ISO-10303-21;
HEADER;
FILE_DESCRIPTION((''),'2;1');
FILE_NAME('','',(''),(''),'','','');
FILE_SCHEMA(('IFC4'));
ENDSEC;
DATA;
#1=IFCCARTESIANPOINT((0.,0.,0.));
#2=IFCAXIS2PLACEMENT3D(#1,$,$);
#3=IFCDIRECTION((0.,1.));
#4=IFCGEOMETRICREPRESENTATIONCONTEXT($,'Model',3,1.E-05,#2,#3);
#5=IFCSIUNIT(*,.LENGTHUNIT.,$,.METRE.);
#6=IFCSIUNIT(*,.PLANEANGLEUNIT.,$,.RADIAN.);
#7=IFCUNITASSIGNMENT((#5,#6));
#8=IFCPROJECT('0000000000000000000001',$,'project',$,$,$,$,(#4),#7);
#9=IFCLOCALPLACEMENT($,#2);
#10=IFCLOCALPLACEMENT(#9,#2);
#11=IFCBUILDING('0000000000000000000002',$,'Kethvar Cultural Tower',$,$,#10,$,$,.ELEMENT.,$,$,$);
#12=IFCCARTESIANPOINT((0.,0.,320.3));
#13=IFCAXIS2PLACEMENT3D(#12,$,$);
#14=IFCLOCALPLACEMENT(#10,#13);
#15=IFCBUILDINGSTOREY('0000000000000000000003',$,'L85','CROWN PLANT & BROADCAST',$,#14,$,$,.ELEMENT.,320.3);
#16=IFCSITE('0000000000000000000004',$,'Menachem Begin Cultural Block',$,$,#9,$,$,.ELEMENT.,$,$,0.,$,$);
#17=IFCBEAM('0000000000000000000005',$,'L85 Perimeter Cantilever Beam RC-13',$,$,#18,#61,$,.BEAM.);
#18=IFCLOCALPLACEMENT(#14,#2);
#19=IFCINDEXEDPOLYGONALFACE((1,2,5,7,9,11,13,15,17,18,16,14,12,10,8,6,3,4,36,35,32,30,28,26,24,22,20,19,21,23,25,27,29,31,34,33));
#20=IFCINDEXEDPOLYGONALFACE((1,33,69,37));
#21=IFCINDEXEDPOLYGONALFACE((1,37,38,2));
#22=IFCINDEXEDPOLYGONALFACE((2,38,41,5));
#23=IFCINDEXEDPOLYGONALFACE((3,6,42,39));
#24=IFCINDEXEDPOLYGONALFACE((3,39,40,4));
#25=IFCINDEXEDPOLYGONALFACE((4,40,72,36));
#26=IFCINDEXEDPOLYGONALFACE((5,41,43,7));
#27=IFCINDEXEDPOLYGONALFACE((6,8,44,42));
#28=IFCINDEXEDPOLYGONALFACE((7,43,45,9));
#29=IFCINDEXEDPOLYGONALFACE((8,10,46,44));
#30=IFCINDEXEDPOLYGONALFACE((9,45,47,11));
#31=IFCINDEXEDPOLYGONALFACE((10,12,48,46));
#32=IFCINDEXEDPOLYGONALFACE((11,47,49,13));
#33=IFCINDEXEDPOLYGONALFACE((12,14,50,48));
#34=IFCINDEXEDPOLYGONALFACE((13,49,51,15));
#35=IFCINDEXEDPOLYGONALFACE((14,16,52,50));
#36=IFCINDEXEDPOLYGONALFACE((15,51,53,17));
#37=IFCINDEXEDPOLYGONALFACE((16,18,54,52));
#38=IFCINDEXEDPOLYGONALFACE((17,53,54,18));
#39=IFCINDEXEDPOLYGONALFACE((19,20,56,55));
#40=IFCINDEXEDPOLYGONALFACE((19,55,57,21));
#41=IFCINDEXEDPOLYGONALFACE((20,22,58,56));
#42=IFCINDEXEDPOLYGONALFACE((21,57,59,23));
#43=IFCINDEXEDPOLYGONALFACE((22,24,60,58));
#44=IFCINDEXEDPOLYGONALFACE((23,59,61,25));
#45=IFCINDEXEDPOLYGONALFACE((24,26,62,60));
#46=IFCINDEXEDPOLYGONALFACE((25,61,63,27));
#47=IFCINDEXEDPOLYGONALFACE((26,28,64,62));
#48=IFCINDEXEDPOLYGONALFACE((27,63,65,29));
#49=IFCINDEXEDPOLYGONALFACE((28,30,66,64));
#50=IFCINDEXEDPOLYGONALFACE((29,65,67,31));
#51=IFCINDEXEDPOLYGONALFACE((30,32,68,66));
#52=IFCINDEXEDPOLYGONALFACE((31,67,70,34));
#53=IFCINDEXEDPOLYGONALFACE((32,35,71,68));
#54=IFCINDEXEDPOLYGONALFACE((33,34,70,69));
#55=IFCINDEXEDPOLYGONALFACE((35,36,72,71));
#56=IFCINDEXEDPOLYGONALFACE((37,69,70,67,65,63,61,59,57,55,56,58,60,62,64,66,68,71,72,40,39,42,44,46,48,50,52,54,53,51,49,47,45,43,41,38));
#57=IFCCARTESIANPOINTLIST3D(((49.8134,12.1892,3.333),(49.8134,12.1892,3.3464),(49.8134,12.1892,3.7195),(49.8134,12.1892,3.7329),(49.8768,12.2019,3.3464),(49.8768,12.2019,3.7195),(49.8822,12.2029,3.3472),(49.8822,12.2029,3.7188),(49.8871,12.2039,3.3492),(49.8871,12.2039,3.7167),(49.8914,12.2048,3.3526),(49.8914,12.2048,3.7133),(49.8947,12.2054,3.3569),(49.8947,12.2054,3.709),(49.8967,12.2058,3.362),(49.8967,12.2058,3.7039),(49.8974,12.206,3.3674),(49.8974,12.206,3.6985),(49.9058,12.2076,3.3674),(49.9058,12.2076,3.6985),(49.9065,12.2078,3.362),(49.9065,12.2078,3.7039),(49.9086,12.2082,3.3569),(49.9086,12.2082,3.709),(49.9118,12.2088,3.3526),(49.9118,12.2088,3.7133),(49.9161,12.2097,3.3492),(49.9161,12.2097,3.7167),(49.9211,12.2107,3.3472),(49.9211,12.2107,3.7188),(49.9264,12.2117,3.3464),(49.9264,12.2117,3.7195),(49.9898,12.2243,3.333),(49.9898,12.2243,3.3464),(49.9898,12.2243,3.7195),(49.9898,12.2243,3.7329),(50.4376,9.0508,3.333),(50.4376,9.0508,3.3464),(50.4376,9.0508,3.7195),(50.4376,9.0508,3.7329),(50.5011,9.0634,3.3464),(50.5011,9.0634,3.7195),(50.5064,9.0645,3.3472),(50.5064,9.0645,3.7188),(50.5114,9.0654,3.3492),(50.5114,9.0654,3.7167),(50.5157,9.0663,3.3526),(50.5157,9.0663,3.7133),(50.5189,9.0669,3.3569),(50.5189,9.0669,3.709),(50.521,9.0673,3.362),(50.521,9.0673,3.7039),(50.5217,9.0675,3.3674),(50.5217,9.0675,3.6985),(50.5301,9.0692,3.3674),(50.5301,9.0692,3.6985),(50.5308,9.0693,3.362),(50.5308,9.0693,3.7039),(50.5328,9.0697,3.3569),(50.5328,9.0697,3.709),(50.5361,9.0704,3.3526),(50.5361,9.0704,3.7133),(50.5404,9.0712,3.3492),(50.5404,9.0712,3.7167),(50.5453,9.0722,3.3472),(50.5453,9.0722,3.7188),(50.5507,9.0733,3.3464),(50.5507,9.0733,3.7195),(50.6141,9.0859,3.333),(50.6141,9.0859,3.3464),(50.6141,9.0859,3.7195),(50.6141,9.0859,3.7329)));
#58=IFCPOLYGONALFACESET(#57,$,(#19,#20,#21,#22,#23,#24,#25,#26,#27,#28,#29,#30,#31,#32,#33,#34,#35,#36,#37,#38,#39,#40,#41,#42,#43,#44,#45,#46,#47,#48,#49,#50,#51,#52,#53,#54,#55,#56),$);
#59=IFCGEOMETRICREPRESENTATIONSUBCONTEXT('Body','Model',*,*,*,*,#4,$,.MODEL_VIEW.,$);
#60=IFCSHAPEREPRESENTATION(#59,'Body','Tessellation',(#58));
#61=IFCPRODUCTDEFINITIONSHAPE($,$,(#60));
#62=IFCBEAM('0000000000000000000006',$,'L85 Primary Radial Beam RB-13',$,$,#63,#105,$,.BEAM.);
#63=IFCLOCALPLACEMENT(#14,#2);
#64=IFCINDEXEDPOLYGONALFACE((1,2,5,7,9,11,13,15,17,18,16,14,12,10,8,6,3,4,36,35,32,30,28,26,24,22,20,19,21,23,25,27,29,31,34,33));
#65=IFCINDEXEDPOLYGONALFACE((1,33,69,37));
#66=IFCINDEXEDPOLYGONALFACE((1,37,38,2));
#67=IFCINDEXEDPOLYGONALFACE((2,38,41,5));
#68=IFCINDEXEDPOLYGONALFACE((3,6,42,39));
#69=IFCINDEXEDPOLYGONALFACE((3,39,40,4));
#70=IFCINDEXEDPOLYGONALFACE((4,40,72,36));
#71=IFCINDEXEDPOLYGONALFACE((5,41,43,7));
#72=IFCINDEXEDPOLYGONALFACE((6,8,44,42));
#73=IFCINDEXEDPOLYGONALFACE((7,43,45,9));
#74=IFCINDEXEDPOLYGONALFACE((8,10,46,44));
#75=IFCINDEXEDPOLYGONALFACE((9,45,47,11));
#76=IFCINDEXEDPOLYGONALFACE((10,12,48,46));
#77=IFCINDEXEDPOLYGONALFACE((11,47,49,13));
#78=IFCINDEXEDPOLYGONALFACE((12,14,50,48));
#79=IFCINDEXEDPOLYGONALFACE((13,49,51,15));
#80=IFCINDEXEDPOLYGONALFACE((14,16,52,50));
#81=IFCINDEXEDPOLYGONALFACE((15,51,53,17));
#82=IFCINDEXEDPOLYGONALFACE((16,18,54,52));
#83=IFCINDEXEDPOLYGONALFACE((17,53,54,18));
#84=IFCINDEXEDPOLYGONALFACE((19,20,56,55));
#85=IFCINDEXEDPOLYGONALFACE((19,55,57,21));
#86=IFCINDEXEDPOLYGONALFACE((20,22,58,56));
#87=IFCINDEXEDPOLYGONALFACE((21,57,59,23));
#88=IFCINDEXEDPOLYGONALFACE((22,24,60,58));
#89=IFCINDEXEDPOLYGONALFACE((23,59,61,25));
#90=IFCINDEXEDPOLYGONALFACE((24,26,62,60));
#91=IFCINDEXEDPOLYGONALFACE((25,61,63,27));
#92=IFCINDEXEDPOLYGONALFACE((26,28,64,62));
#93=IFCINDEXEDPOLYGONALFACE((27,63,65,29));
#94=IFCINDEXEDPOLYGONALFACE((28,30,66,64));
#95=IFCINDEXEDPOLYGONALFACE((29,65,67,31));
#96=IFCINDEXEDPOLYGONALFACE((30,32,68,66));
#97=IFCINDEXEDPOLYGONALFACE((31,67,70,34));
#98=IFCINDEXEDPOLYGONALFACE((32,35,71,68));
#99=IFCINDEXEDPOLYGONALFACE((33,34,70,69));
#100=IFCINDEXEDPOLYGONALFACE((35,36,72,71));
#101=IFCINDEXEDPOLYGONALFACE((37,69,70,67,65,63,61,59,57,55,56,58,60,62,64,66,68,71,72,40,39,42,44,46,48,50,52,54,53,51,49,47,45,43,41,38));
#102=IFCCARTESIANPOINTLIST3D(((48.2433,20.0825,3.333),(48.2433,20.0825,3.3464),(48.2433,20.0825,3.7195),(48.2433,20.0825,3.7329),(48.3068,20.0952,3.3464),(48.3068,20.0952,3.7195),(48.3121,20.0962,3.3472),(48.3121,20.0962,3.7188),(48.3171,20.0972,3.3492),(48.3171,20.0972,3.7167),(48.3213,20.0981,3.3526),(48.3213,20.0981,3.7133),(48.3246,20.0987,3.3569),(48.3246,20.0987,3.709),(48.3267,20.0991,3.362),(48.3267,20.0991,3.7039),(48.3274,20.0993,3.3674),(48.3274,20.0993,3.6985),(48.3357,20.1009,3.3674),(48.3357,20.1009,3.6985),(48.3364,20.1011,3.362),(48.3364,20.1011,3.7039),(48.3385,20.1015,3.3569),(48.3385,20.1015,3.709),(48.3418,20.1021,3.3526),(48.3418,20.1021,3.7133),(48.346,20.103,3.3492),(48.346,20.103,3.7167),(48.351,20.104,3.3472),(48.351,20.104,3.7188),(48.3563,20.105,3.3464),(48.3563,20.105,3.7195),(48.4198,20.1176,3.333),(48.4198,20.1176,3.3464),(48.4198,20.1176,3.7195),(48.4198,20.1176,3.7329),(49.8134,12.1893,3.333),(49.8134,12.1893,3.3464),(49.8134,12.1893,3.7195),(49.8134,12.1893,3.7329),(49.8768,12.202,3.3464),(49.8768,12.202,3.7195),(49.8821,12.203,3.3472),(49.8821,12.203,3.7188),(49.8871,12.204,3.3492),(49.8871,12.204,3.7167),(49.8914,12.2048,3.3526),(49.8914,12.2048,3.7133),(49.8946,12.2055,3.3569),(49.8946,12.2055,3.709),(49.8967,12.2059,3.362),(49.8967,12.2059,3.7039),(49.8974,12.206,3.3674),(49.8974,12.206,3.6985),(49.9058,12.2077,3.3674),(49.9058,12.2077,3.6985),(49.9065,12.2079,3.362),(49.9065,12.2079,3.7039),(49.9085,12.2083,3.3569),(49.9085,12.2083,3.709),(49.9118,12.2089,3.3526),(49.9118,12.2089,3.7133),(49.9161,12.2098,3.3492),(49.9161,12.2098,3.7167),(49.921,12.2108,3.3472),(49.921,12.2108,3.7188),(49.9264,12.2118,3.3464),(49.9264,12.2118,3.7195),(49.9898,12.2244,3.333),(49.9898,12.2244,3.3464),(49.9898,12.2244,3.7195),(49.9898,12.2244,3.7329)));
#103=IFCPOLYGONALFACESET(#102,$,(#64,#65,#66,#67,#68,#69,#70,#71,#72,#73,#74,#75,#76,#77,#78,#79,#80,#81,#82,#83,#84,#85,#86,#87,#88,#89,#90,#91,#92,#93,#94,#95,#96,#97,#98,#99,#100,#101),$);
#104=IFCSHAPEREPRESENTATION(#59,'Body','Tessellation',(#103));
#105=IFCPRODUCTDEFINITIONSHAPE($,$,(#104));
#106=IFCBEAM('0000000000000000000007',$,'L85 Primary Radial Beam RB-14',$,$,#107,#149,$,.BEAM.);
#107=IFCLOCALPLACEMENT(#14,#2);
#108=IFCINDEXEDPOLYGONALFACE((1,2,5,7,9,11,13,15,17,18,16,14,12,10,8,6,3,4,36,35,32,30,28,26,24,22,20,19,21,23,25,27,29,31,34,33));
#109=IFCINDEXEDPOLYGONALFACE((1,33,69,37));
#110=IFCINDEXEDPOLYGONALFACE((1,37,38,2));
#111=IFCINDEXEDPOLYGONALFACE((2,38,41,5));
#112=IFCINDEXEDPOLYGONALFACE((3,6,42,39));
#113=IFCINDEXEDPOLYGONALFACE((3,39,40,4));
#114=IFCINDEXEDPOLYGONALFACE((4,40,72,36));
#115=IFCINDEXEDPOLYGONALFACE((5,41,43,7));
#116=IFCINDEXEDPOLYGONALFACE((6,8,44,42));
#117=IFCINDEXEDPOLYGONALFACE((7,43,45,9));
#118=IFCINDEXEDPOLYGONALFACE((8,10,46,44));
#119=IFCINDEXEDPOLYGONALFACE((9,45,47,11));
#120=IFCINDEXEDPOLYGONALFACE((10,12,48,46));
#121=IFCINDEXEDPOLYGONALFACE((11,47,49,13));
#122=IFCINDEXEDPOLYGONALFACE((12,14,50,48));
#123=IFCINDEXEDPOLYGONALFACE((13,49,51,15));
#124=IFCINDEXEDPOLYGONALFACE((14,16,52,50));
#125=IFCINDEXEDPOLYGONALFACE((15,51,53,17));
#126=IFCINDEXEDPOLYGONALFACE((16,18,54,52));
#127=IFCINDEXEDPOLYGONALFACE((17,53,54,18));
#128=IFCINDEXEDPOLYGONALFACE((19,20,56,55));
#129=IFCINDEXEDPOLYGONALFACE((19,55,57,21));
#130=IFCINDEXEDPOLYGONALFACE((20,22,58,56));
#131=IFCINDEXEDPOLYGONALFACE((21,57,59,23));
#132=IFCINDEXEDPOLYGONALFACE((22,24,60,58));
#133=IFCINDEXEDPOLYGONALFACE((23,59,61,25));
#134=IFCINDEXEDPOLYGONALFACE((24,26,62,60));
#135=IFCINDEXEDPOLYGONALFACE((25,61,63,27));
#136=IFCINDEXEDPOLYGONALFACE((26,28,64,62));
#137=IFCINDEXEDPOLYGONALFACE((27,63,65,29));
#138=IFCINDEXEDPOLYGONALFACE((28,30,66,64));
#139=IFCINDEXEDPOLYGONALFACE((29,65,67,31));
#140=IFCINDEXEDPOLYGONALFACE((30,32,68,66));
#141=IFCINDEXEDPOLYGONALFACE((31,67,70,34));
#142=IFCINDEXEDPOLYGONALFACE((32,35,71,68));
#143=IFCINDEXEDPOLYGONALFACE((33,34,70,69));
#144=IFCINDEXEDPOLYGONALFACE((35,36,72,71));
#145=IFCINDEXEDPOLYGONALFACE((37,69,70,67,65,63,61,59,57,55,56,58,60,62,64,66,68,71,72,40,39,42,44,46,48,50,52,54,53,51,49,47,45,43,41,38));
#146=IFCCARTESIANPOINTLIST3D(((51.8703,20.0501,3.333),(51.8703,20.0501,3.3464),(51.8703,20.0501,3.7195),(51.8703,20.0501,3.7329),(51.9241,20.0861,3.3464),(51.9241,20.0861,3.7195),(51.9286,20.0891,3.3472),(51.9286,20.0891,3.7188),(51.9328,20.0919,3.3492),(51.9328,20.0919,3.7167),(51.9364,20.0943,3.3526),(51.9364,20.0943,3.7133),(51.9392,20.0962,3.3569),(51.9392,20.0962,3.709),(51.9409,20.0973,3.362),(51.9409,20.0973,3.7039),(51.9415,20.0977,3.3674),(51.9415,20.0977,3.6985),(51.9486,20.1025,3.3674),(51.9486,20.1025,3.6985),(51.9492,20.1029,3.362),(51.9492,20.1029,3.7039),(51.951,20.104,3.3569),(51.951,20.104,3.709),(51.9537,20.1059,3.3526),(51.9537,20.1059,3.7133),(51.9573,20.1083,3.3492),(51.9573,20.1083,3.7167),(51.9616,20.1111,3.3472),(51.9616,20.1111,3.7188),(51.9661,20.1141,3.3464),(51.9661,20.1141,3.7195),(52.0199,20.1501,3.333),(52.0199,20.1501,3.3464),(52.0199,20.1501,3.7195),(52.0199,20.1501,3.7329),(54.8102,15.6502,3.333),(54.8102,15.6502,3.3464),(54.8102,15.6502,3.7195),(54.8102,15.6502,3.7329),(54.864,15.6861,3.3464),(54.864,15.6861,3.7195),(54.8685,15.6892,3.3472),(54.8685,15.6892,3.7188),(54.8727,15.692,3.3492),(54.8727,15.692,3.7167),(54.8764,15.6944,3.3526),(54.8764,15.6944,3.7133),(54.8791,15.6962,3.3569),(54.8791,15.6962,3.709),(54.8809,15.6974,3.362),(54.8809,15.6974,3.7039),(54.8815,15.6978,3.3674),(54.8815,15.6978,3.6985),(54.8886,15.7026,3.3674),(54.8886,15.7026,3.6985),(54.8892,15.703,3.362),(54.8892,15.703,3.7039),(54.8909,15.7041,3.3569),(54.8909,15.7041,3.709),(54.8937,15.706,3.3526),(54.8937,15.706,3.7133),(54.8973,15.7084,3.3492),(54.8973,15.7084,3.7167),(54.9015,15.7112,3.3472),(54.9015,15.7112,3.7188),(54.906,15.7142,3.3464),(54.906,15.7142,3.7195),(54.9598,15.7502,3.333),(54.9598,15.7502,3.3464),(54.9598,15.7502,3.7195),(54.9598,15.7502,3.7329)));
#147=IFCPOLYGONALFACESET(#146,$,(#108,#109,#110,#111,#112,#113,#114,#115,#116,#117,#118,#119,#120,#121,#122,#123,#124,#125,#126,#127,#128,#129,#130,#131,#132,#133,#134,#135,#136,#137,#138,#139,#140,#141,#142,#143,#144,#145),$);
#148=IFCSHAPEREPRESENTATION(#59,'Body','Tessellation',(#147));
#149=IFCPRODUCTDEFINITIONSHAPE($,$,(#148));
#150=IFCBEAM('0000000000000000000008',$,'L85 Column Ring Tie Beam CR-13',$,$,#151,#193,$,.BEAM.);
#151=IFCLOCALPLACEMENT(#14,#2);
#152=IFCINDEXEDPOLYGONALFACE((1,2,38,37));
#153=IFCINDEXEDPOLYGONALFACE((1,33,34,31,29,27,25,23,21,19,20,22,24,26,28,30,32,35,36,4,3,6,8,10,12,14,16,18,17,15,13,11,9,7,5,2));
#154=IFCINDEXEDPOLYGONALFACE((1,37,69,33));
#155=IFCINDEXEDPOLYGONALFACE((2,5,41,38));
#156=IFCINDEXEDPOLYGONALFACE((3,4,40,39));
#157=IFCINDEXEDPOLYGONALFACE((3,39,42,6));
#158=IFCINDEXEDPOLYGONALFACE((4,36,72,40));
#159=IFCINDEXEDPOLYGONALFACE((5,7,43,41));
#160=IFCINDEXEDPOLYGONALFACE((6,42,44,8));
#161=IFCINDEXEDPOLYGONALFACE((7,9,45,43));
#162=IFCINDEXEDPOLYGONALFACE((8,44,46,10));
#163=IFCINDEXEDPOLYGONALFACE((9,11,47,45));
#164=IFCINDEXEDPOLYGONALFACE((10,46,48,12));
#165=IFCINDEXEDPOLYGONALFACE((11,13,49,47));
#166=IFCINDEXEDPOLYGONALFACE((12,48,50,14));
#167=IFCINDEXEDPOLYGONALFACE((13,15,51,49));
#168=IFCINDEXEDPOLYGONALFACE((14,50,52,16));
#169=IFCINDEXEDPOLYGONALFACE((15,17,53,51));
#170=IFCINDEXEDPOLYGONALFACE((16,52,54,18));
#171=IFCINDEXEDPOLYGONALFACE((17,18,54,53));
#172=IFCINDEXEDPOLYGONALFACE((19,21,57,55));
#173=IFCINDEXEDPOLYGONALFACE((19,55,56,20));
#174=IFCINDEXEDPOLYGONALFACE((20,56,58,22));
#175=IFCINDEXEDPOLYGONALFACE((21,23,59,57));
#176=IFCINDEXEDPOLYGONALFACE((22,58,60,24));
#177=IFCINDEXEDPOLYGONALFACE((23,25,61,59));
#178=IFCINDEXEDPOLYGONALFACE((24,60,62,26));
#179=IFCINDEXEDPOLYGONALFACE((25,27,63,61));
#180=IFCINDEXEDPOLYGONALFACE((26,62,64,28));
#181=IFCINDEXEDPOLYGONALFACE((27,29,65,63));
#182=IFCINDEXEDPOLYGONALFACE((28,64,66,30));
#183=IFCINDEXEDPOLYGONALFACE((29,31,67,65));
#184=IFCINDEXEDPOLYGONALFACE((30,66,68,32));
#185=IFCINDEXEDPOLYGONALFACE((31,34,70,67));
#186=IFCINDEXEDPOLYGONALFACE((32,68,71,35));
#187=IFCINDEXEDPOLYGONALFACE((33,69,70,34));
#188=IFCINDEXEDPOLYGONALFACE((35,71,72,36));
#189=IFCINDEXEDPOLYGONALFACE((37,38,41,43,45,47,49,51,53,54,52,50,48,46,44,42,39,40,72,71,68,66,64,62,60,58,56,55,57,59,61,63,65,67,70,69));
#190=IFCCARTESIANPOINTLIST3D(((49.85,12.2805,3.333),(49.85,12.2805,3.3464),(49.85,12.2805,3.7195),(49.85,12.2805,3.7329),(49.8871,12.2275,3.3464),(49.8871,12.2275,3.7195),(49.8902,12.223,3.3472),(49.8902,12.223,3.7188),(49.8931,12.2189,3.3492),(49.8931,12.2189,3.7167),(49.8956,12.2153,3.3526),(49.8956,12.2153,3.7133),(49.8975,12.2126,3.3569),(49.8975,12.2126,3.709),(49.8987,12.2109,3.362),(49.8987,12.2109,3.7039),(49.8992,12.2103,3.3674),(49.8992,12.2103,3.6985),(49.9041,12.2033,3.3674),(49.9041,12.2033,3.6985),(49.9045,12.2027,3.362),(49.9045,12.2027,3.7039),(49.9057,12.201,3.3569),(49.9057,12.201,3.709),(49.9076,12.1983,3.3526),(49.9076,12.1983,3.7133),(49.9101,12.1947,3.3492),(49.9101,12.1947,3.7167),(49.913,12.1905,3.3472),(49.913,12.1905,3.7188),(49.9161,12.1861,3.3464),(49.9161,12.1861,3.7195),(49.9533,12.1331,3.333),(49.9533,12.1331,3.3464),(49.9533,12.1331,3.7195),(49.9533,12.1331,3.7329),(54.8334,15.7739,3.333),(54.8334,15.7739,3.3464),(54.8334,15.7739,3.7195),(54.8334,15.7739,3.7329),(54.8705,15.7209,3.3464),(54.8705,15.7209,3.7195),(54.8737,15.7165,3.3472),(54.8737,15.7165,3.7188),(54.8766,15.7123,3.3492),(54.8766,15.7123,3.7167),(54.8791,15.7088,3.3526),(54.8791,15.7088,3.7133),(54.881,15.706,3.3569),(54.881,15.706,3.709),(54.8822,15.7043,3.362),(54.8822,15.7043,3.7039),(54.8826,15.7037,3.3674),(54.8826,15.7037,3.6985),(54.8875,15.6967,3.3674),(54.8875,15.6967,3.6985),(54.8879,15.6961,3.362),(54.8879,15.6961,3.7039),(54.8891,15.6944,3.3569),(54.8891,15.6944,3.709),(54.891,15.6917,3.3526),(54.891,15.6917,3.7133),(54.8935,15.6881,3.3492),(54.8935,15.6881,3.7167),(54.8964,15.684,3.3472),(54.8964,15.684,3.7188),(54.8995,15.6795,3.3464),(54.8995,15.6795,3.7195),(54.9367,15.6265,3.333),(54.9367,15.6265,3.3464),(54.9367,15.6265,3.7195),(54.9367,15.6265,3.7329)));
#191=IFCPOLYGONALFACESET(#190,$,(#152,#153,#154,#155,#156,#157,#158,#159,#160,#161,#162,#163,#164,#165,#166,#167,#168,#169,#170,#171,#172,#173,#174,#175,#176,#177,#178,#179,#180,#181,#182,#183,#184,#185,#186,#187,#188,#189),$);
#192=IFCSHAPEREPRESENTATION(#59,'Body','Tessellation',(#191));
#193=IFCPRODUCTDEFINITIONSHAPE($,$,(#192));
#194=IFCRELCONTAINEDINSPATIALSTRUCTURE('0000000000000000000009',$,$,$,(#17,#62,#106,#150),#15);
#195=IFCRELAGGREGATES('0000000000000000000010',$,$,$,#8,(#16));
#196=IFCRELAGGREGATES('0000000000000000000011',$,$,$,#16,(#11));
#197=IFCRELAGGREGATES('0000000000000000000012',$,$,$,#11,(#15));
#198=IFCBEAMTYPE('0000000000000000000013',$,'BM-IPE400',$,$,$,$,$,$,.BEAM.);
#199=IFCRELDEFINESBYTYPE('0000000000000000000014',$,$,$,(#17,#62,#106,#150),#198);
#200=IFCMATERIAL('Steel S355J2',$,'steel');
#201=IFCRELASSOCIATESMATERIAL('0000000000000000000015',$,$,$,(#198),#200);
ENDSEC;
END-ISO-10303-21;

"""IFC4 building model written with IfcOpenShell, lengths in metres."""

from ifc_helpers import new_model, si_unit, direction, frame, origin, origin_2d, place, context, subcontext, project, spatial, i_section, extrude, source, transform, mapped, material, material_profile, profile_set, type_object, element, save


model = new_model("IFC4")

# Units and contexts
model_context = context("Model", 3, precision=1e-05, world=origin(), true_north=direction((0.0, 1.0)))
body_context = subcontext(model_context, "Body", "Model", "MODEL_VIEW")
ifc_project = project(units=[si_unit("LENGTHUNIT", "METRE"), si_unit("PLANEANGLEUNIT", "RADIAN")], contexts=[model_context])

# Site, building, storey
site_placement = place(None, origin())
site = spatial("IfcSite", under=ifc_project, at=site_placement, Name="Menachem Begin Cultural Block", CompositionType="ELEMENT", RefElevation=0.0)
building_placement = place(site_placement, origin())
building = spatial("IfcBuilding", under=site, at=building_placement, Name="Kethvar Cultural Tower", CompositionType="ELEMENT")
storey_placement = place(building_placement, frame((0.0, 0.0, 320.3)))
storey = spatial("IfcBuildingStorey", under=building, at=storey_placement, Name="L85", Description="CROWN PLANT & BROADCAST", CompositionType="ELEMENT", Elevation=320.3)

# Shared definitions
ifc_material_1 = material(Name="Steel S355J2", Category="steel")

# Beams
ifc_material_profile_1 = material_profile(ifc_material_1, i_section(OverallWidth=0.1799, OverallDepth=0.3999, WebThickness=0.0085, FlangeThickness=0.0134, FilletRadius=0.021, at=origin_2d()), Name="Steel S355J2 — IPE400")
ifc_profile_set_1 = profile_set([ifc_material_profile_1], Name="Steel S355J2 — IPE400")
beam_type_1 = type_object("IfcBeamType", Name="BM-IPE400", PredefinedType="BEAM", material=ifc_profile_set_1)
shared_shape_1 = source(origin(), body_context, "Body", "SweptSolid", [
    extrude(i_section(OverallWidth=0.1799, OverallDepth=0.3999, WebThickness=0.0085, FlangeThickness=0.0134, FilletRadius=0.021, at=origin_2d()), origin(), (0.0, 0.0, 1.0), 3.2),
])
beam_1_placement = place(storey_placement, frame((49.9016, 12.2068, 3.533), z_axis=(0.195089, -0.980786, 0.0), x_axis=(0.980786, 0.195089, 0.0)))
element("IfcBeam", 1, at=beam_1_placement, inside=storey, type_object=beam_type_1, Name="L85 Perimeter Cantilever Beam RC-13", PredefinedType="BEAM", context=body_context, shape_type="MappedRepresentation", body=[
    mapped(shared_shape_1, transform((0.0, 0.0, 0.0), scale=1.0)),
])
shared_shape_2 = source(origin(), body_context, "Body", "SweptSolid", [
    extrude(i_section(OverallWidth=0.1799, OverallDepth=0.3999, WebThickness=0.0085, FlangeThickness=0.0134, FilletRadius=0.021, at=origin_2d()), origin(), (0.0, 0.0, 1.0), 8.0479),
])
beam_2_placement = place(storey_placement, frame((48.3315, 20.1001, 3.533), z_axis=(0.195089, -0.980785, 0.0), x_axis=(0.980785, 0.195089, 0.0)))
element("IfcBeam", 2, at=beam_2_placement, inside=storey, type_object=beam_type_1, Name="L85 Primary Radial Beam RB-13", PredefinedType="BEAM", context=body_context, shape_type="MappedRepresentation", body=[
    mapped(shared_shape_2, transform((0.0, 0.0, 0.0), scale=1.0)),
])
shared_shape_3 = source(origin(), body_context, "Body", "SweptSolid", [
    extrude(i_section(OverallWidth=0.1799, OverallDepth=0.3999, WebThickness=0.0085, FlangeThickness=0.0134, FilletRadius=0.021, at=origin_2d()), origin(), (0.0, 0.0, 1.0), 5.2917),
])
beam_3_placement = place(storey_placement, frame((51.9451, 20.1001, 3.533), z_axis=(0.555573, -0.831468, 0.0), x_axis=(0.831468, 0.555573, 0.0)))
element("IfcBeam", 3, at=beam_3_placement, inside=storey, type_object=beam_type_1, Name="L85 Primary Radial Beam RB-14", PredefinedType="BEAM", context=body_context, shape_type="MappedRepresentation", body=[
    mapped(shared_shape_3, transform((0.0, 0.0, 0.0), scale=1.0)),
])
shared_shape_4 = source(origin(), body_context, "Body", "SweptSolid", [
    extrude(i_section(OverallWidth=0.1799, OverallDepth=0.3999, WebThickness=0.0085, FlangeThickness=0.0134, FilletRadius=0.021, at=origin_2d()), origin(), (0.0, 0.0, 1.0), 6.0859),
])
beam_4_placement = place(storey_placement, frame((49.9016, 12.2068, 3.533), z_axis=(0.818843, 0.574017, 0.0), x_axis=(-0.574017, 0.818843, 0.0)))
element("IfcBeam", 4, at=beam_4_placement, inside=storey, type_object=beam_type_1, Name="L85 Column Ring Tie Beam CR-13", PredefinedType="BEAM", context=body_context, shape_type="MappedRepresentation", body=[
    mapped(shared_shape_4, transform((0.0, 0.0, 0.0), scale=1.0)),
])

save(model, "model.ifc")
